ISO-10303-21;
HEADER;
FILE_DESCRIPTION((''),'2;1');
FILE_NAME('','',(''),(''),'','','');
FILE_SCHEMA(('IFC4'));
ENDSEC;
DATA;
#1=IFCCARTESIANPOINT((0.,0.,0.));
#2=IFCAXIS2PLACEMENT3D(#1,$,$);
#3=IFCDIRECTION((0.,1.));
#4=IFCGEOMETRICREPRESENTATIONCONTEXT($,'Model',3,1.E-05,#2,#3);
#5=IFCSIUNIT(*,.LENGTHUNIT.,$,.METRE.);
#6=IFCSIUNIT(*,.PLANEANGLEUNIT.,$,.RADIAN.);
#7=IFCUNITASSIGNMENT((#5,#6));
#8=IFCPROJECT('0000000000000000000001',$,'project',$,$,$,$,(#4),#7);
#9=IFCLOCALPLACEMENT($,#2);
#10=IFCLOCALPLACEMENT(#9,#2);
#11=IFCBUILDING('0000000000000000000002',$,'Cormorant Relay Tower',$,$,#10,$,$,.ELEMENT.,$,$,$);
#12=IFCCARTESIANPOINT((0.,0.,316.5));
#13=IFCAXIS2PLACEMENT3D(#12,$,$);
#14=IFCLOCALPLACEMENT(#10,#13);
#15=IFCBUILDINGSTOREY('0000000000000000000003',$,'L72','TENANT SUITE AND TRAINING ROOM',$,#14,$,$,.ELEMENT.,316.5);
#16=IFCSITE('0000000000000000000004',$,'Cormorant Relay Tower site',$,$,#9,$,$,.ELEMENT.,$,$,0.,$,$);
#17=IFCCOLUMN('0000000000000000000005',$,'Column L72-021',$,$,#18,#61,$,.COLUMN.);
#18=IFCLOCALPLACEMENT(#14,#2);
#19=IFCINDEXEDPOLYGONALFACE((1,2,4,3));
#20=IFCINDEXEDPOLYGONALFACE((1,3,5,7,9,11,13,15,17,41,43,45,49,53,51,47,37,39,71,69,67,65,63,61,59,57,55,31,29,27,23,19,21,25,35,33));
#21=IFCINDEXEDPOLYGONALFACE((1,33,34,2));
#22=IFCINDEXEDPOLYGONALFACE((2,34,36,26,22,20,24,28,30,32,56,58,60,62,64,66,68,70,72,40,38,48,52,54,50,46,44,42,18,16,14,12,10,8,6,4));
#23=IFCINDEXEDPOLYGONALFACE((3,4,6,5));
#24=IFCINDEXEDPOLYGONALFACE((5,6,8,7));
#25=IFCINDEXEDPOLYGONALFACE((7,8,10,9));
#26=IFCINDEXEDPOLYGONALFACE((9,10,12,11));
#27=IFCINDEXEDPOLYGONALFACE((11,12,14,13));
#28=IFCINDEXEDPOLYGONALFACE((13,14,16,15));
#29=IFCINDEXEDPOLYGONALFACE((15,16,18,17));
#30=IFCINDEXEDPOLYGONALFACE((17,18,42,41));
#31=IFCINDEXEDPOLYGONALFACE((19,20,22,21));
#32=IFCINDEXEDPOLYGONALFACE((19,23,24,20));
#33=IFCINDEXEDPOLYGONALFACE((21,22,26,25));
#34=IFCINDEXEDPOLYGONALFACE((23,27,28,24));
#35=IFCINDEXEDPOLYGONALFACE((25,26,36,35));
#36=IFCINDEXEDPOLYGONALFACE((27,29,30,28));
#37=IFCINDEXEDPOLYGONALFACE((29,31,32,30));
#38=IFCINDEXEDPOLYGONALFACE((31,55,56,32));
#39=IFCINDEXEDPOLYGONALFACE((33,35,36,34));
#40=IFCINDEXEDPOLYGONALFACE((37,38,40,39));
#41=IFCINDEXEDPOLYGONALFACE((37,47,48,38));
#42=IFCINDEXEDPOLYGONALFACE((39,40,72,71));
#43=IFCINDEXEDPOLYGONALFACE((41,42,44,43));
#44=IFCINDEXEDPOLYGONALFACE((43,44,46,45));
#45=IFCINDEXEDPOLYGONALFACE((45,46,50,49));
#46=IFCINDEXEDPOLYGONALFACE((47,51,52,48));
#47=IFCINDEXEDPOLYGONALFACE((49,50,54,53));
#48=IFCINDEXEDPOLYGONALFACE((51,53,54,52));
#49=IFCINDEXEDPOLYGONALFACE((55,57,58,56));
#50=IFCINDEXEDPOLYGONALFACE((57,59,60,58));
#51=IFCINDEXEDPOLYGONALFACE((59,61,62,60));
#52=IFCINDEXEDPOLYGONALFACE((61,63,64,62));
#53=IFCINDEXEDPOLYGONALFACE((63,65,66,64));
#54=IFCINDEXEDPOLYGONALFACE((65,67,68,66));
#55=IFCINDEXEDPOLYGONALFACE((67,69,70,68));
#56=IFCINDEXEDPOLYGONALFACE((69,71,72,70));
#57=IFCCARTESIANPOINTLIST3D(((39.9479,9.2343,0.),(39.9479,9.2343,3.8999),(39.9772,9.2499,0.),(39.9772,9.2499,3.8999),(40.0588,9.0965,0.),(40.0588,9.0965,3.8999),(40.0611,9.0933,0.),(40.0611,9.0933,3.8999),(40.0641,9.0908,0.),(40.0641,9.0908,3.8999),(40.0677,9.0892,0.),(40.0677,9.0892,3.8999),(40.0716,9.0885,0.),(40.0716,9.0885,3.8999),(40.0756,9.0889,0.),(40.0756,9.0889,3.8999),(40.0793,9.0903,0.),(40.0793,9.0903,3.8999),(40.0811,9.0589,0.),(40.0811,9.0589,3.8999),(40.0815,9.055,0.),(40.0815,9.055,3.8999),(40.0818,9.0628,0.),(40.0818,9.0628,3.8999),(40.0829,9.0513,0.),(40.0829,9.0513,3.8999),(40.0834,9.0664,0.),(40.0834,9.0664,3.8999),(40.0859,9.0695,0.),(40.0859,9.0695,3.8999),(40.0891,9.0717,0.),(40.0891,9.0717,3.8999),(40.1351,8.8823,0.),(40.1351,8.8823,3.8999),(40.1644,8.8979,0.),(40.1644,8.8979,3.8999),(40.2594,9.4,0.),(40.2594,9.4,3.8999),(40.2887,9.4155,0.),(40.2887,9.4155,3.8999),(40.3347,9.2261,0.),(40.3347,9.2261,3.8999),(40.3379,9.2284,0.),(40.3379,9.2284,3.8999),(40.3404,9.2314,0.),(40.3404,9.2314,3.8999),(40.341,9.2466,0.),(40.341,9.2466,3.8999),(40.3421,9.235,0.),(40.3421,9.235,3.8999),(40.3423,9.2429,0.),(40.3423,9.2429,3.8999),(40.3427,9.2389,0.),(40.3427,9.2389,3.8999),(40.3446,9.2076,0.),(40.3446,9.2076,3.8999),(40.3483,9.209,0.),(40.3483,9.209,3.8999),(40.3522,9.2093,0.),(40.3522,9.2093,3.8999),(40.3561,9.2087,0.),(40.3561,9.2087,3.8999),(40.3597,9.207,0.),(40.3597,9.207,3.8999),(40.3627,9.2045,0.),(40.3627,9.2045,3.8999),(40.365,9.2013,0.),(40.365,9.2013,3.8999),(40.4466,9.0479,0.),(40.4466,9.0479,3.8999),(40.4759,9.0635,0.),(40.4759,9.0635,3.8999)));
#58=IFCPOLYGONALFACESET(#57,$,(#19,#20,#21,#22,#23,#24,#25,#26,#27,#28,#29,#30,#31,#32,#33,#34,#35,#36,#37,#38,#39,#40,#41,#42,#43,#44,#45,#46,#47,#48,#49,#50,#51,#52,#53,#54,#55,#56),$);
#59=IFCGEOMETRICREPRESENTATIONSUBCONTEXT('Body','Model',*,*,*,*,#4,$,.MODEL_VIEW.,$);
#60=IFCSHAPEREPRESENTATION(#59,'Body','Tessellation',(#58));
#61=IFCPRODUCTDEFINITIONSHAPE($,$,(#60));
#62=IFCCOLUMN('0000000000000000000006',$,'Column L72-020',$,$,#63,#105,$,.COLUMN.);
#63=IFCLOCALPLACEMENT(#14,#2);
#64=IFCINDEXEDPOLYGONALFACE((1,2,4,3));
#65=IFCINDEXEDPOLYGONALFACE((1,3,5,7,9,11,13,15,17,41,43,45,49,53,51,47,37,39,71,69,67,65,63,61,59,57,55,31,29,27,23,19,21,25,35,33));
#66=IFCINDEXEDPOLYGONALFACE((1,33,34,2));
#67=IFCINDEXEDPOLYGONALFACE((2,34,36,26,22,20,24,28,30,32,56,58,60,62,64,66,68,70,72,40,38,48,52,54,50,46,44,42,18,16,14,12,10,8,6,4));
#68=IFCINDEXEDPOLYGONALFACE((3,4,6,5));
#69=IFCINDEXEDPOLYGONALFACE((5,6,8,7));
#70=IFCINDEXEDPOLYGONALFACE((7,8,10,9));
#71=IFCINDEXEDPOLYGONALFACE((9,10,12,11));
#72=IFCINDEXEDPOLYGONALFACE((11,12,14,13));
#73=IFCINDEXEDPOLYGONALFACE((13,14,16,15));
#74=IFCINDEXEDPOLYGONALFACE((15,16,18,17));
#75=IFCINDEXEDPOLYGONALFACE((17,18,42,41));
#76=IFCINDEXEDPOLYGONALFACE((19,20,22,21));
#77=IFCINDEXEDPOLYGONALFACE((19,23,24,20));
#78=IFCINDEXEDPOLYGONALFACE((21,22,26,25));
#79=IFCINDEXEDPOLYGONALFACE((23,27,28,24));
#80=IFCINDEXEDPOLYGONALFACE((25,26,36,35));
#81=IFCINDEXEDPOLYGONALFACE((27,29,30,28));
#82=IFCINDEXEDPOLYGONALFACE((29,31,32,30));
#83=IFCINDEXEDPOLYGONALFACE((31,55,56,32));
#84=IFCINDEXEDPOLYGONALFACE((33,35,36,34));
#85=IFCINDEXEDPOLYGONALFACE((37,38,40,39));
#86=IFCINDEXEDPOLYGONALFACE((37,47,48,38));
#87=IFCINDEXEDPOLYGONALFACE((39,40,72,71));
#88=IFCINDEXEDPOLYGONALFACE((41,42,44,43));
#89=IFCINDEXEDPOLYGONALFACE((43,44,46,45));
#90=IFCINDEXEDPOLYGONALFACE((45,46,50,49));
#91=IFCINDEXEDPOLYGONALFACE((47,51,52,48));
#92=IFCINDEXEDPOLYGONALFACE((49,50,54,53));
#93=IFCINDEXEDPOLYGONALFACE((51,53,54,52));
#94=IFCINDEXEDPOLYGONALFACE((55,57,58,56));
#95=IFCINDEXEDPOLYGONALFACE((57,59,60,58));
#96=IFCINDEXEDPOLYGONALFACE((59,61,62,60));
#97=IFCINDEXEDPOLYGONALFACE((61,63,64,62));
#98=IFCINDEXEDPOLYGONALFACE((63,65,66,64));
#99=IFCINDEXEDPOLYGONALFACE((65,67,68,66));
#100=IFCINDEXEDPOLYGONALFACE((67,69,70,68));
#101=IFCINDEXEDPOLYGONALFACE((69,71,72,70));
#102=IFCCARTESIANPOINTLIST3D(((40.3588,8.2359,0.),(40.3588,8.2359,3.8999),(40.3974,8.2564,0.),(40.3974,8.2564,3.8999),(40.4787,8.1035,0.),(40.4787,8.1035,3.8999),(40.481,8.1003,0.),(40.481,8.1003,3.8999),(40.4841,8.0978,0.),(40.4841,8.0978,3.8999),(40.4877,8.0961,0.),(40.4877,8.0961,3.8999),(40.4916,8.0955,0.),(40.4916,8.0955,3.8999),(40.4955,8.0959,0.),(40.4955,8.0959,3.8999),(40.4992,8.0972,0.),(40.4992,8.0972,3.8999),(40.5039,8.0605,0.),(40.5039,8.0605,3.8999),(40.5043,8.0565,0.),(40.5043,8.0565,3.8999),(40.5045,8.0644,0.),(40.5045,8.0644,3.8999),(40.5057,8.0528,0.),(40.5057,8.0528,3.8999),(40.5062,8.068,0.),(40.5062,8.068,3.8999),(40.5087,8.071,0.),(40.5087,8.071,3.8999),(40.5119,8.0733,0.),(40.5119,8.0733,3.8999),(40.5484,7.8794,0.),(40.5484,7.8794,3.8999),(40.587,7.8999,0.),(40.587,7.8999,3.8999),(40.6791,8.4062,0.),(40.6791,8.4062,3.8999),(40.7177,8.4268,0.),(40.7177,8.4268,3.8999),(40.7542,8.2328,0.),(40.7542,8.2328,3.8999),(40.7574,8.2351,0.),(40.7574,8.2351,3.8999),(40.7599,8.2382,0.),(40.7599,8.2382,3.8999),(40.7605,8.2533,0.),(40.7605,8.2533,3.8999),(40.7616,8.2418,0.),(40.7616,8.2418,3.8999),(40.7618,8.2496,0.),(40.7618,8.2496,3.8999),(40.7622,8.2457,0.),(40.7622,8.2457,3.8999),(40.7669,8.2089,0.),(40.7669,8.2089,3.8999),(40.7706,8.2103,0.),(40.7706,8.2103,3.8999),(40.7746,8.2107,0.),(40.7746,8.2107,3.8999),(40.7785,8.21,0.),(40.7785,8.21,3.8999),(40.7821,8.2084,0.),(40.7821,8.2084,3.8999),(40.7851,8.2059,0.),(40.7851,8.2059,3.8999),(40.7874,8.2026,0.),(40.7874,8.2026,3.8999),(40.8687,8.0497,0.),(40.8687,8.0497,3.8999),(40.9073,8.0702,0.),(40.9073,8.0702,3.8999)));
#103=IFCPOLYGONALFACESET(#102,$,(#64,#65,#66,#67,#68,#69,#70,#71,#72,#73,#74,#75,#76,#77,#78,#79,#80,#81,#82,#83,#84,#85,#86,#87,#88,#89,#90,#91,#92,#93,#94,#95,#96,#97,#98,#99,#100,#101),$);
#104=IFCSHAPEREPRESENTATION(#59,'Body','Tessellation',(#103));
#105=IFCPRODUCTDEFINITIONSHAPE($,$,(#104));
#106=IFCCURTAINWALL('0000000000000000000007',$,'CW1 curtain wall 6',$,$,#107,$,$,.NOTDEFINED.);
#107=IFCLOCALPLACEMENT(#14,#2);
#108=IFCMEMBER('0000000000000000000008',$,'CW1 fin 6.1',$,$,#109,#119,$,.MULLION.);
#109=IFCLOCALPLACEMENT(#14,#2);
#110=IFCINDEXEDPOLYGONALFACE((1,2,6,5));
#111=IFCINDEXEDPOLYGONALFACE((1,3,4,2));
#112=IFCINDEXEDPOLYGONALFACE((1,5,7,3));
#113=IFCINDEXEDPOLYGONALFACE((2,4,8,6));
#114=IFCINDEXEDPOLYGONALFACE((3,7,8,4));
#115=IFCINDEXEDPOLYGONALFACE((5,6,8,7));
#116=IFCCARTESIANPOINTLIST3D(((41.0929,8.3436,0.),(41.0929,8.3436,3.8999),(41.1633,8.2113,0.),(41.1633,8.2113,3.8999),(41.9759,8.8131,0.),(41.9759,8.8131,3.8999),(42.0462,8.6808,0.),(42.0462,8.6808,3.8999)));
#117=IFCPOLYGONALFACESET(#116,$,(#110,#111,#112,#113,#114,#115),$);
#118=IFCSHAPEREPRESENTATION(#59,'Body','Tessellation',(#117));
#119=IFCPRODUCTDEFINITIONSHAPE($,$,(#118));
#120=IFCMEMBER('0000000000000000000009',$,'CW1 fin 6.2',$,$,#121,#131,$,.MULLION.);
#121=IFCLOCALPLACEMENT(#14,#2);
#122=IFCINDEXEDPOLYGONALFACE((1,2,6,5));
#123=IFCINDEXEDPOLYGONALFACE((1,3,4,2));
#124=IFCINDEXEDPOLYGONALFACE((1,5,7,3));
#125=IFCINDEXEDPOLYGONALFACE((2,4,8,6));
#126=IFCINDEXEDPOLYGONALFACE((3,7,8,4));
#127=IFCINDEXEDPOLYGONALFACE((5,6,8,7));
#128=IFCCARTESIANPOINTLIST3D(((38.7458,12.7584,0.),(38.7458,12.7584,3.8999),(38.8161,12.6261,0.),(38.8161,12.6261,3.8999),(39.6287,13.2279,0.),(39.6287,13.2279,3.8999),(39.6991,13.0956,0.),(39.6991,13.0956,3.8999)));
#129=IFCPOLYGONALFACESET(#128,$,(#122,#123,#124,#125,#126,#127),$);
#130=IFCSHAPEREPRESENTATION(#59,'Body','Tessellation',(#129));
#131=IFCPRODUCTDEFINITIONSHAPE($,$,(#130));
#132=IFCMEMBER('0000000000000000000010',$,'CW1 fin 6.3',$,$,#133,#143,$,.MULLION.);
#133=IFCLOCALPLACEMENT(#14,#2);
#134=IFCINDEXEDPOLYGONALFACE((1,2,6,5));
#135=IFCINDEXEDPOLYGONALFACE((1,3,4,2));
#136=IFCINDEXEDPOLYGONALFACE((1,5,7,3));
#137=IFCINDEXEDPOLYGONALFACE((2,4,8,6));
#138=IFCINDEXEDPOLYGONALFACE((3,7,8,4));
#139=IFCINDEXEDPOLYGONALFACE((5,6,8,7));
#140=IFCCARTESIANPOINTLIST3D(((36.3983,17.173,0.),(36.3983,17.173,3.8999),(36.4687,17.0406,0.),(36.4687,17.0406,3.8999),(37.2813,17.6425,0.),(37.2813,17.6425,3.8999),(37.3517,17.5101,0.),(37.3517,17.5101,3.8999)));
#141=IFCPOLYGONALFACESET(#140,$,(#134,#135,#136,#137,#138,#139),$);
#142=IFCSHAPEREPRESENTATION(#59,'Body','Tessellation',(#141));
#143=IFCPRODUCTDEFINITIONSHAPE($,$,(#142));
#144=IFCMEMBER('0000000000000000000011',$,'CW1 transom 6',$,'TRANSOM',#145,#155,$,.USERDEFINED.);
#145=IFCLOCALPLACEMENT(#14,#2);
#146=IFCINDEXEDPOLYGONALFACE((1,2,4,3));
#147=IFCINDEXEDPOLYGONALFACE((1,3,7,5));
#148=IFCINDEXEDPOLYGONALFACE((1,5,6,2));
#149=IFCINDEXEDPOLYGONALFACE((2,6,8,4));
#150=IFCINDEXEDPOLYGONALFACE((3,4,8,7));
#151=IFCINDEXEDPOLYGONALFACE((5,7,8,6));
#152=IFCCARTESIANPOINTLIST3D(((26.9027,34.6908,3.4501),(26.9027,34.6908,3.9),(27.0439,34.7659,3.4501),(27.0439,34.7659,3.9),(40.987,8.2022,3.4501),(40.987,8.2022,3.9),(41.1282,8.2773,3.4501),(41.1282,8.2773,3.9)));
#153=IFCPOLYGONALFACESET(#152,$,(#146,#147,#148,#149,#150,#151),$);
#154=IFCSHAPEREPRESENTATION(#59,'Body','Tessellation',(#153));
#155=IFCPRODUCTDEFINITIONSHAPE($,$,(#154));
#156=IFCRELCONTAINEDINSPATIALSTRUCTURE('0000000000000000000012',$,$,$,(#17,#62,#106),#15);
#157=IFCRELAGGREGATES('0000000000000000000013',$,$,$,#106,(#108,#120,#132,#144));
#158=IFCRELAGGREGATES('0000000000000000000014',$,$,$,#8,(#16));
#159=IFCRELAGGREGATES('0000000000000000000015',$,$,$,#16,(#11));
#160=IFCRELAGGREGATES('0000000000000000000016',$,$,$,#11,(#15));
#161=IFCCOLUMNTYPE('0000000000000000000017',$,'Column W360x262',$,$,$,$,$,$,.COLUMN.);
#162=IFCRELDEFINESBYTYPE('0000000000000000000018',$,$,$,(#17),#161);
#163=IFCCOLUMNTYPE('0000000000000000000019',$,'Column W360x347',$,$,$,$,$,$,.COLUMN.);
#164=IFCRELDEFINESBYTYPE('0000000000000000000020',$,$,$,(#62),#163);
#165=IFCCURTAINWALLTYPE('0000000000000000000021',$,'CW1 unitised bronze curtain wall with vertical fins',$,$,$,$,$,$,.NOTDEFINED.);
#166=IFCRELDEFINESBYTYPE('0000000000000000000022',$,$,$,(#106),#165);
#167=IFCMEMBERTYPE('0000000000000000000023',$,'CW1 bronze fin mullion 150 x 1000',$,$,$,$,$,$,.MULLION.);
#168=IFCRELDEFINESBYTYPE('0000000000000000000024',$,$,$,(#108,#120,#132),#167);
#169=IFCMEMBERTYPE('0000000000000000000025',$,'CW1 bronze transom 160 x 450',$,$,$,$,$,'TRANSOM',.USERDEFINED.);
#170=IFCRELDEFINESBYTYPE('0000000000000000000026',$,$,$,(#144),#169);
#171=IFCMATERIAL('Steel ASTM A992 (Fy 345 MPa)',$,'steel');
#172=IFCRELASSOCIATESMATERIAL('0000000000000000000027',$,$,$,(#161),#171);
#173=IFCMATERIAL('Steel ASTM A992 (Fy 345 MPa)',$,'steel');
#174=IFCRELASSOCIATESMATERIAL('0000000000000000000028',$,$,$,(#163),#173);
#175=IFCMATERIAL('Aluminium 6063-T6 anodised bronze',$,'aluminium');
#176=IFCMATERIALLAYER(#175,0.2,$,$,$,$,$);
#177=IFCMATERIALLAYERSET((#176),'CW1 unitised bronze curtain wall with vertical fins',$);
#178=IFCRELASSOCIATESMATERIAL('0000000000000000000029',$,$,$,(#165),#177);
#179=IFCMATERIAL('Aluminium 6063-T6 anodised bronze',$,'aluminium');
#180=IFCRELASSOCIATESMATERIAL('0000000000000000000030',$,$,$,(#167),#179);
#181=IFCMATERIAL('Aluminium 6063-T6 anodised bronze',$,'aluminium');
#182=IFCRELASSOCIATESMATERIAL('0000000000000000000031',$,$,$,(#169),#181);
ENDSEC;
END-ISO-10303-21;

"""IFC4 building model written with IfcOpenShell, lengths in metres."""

from ifc_helpers import new_model, si_unit, direction, frame, origin, origin_2d, place, context, subcontext, project, spatial, rectangle, i_section, extrude, material, layer, layer_set, material_profile, profile_set, type_object, element, aggregate, save


model = new_model("IFC4")

# Units and contexts
model_context = context("Model", 3, precision=1e-05, world=origin(), true_north=direction((0.0, 1.0)))
body_context = subcontext(model_context, "Body", "Model", "MODEL_VIEW")
ifc_project = project(units=[si_unit("LENGTHUNIT", "METRE"), si_unit("PLANEANGLEUNIT", "RADIAN")], contexts=[model_context])

# Site, building, storey
site_placement = place(None, origin())
site = spatial("IfcSite", under=ifc_project, at=site_placement, Name="Cormorant Relay Tower site", CompositionType="ELEMENT", RefElevation=0.0)
building_placement = place(site_placement, origin())
building = spatial("IfcBuilding", under=site, at=building_placement, Name="Cormorant Relay Tower", CompositionType="ELEMENT")
storey_placement = place(building_placement, frame((0.0, 0.0, 316.5)))
storey = spatial("IfcBuildingStorey", under=building, at=storey_placement, Name="L72", Description="TENANT SUITE AND TRAINING ROOM", CompositionType="ELEMENT", Elevation=316.5)

# Columns
ifc_material_1 = material(Name="Steel ASTM A992 (Fy 345 MPa)", Category="steel")
ifc_material_profile_1 = material_profile(ifc_material_1, i_section(OverallWidth=0.3987, OverallDepth=0.386, WebThickness=0.021, FlangeThickness=0.0332, FilletRadius=0.0151, at=origin_2d()), Name="W360x262")
ifc_profile_set_1 = profile_set([ifc_material_profile_1], Name="Steel ASTM A992 (Fy 345 MPa)")
column_type_1 = type_object("IfcColumnType", Name="Column W360x262", PredefinedType="COLUMN", material=ifc_profile_set_1)
column_1_placement = place(storey_placement, frame((40.2119, 9.1489, 0.0), z_axis=(0.0, 0.0, 1.0), x_axis=(-0.469472, 0.882948, 0.0)))
element("IfcColumn", 1, at=column_1_placement, inside=storey, type_object=column_type_1, Name="Column L72-021", PredefinedType="COLUMN", context=body_context, shape_type="SweptSolid", body=[
    extrude(i_section(OverallWidth=0.3987, OverallDepth=0.386, WebThickness=0.021, FlangeThickness=0.0332, FilletRadius=0.0151, at=origin_2d()), origin(), (0.0, 0.0, 1.0), 3.8999),
])
ifc_material_2 = material(Name="Steel ASTM A992 (Fy 345 MPa)", Category="steel")
ifc_material_profile_2 = material_profile(ifc_material_2, i_section(OverallWidth=0.4038, OverallDepth=0.4065, WebThickness=0.0271, FlangeThickness=0.0437, FilletRadius=0.0151, at=origin_2d()), Name="W360x347")
ifc_profile_set_2 = profile_set([ifc_material_profile_2], Name="Steel ASTM A992 (Fy 345 MPa)")
column_type_2 = type_object("IfcColumnType", Name="Column W360x347", PredefinedType="COLUMN", material=ifc_profile_set_2)
column_2_placement = place(storey_placement, frame((40.6331, 8.1531, 0.0), z_axis=(0.0, 0.0, 1.0), x_axis=(-0.469472, 0.882948, 0.0)))
element("IfcColumn", 2, at=column_2_placement, inside=storey, type_object=column_type_2, Name="Column L72-020", PredefinedType="COLUMN", context=body_context, shape_type="SweptSolid", body=[
    extrude(i_section(OverallWidth=0.4038, OverallDepth=0.4065, WebThickness=0.0271, FlangeThickness=0.0437, FilletRadius=0.0151, at=origin_2d()), origin(), (0.0, 0.0, 1.0), 3.8999),
])

# Curtain wall, members
ifc_material_3 = material(Name="Aluminium 6063-T6 anodised bronze", Category="aluminium")
ifc_layer_1 = layer(ifc_material_3, 0.2)
ifc_layer_set_1 = layer_set([ifc_layer_1], Name="CW1 unitised bronze curtain wall with vertical fins")
curtain_wall_type = type_object("IfcCurtainWallType", Name="CW1 unitised bronze curtain wall with vertical fins", PredefinedType="NOTDEFINED", material=ifc_layer_set_1)
curtain_wall_1_placement = place(storey_placement, origin())
curtain_wall_1 = element("IfcCurtainWall", 3, at=curtain_wall_1_placement, inside=storey, type_object=curtain_wall_type, Name="CW1 curtain wall 6", PredefinedType="NOTDEFINED")
ifc_material_4 = material(Name="Aluminium 6063-T6 anodised bronze", Category="aluminium")
ifc_material_profile_3 = material_profile(ifc_material_4, rectangle(XDim=0.1499, YDim=1.0, at=origin_2d()), Name="AL 150x1000")
ifc_profile_set_3 = profile_set([ifc_material_profile_3], Name="Aluminium 6063-T6 anodised bronze")
member_type_1 = type_object("IfcMemberType", Name="CW1 bronze fin mullion 150 x 1000", PredefinedType="MULLION", material=ifc_profile_set_3)
member_1_placement = place(storey_placement, frame((41.5696, 8.5122, 0.0), z_axis=(0.0, 0.0, 1.0), x_axis=(-0.469472, 0.882948, 0.0)))
member_1 = element("IfcMember", 4, at=member_1_placement, type_object=member_type_1, Name="CW1 fin 6.1", PredefinedType="MULLION", context=body_context, shape_type="SweptSolid", body=[
    extrude(rectangle(XDim=0.1499, YDim=1.0, at=origin_2d()), origin(), (0.0, 0.0, 1.0), 3.8999),
])
member_2_placement = place(storey_placement, frame((39.2224, 12.927, 0.0), z_axis=(0.0, 0.0, 1.0), x_axis=(-0.469472, 0.882948, 0.0)))
member_2 = element("IfcMember", 5, at=member_2_placement, type_object=member_type_1, Name="CW1 fin 6.2", PredefinedType="MULLION", context=body_context, shape_type="SweptSolid", body=[
    extrude(rectangle(XDim=0.1499, YDim=1.0, at=origin_2d()), origin(), (0.0, 0.0, 1.0), 3.8999),
])
member_3_placement = place(storey_placement, frame((36.875, 17.3416, 0.0), z_axis=(0.0, 0.0, 1.0), x_axis=(-0.469472, 0.882948, 0.0)))
member_3 = element("IfcMember", 6, at=member_3_placement, type_object=member_type_1, Name="CW1 fin 6.3", PredefinedType="MULLION", context=body_context, shape_type="SweptSolid", body=[
    extrude(rectangle(XDim=0.1499, YDim=1.0, at=origin_2d()), origin(), (0.0, 0.0, 1.0), 3.8999),
])
ifc_material_5 = material(Name="Aluminium 6063-T6 anodised bronze", Category="aluminium")
ifc_material_profile_4 = material_profile(ifc_material_5, rectangle(XDim=0.1599, YDim=0.45, at=origin_2d()), Name="AL 160x450")
ifc_profile_set_4 = profile_set([ifc_material_profile_4], Name="Aluminium 6063-T6 anodised bronze")
member_type_2 = type_object("IfcMemberType", Name="CW1 bronze transom 160 x 450", ElementType="TRANSOM", PredefinedType="USERDEFINED", material=ifc_profile_set_4)
member_4_placement = place(storey_placement, frame((41.0576, 8.2397, 3.675), z_axis=(-0.469472, 0.882947, 0.0), x_axis=(-0.882947, -0.469472, 0.0)))
member_4 = element("IfcMember", 7, at=member_4_placement, type_object=member_type_2, Name="CW1 transom 6", ObjectType="TRANSOM", PredefinedType="USERDEFINED", context=body_context, shape_type="SweptSolid", body=[
    extrude(rectangle(XDim=0.1599, YDim=0.45, at=origin_2d()), origin(), (0.0, 0.0, 1.0), 30.0002),
])

aggregate(curtain_wall_1, [member_1, member_2, member_3, member_4])

save(model, "model.ifc")
